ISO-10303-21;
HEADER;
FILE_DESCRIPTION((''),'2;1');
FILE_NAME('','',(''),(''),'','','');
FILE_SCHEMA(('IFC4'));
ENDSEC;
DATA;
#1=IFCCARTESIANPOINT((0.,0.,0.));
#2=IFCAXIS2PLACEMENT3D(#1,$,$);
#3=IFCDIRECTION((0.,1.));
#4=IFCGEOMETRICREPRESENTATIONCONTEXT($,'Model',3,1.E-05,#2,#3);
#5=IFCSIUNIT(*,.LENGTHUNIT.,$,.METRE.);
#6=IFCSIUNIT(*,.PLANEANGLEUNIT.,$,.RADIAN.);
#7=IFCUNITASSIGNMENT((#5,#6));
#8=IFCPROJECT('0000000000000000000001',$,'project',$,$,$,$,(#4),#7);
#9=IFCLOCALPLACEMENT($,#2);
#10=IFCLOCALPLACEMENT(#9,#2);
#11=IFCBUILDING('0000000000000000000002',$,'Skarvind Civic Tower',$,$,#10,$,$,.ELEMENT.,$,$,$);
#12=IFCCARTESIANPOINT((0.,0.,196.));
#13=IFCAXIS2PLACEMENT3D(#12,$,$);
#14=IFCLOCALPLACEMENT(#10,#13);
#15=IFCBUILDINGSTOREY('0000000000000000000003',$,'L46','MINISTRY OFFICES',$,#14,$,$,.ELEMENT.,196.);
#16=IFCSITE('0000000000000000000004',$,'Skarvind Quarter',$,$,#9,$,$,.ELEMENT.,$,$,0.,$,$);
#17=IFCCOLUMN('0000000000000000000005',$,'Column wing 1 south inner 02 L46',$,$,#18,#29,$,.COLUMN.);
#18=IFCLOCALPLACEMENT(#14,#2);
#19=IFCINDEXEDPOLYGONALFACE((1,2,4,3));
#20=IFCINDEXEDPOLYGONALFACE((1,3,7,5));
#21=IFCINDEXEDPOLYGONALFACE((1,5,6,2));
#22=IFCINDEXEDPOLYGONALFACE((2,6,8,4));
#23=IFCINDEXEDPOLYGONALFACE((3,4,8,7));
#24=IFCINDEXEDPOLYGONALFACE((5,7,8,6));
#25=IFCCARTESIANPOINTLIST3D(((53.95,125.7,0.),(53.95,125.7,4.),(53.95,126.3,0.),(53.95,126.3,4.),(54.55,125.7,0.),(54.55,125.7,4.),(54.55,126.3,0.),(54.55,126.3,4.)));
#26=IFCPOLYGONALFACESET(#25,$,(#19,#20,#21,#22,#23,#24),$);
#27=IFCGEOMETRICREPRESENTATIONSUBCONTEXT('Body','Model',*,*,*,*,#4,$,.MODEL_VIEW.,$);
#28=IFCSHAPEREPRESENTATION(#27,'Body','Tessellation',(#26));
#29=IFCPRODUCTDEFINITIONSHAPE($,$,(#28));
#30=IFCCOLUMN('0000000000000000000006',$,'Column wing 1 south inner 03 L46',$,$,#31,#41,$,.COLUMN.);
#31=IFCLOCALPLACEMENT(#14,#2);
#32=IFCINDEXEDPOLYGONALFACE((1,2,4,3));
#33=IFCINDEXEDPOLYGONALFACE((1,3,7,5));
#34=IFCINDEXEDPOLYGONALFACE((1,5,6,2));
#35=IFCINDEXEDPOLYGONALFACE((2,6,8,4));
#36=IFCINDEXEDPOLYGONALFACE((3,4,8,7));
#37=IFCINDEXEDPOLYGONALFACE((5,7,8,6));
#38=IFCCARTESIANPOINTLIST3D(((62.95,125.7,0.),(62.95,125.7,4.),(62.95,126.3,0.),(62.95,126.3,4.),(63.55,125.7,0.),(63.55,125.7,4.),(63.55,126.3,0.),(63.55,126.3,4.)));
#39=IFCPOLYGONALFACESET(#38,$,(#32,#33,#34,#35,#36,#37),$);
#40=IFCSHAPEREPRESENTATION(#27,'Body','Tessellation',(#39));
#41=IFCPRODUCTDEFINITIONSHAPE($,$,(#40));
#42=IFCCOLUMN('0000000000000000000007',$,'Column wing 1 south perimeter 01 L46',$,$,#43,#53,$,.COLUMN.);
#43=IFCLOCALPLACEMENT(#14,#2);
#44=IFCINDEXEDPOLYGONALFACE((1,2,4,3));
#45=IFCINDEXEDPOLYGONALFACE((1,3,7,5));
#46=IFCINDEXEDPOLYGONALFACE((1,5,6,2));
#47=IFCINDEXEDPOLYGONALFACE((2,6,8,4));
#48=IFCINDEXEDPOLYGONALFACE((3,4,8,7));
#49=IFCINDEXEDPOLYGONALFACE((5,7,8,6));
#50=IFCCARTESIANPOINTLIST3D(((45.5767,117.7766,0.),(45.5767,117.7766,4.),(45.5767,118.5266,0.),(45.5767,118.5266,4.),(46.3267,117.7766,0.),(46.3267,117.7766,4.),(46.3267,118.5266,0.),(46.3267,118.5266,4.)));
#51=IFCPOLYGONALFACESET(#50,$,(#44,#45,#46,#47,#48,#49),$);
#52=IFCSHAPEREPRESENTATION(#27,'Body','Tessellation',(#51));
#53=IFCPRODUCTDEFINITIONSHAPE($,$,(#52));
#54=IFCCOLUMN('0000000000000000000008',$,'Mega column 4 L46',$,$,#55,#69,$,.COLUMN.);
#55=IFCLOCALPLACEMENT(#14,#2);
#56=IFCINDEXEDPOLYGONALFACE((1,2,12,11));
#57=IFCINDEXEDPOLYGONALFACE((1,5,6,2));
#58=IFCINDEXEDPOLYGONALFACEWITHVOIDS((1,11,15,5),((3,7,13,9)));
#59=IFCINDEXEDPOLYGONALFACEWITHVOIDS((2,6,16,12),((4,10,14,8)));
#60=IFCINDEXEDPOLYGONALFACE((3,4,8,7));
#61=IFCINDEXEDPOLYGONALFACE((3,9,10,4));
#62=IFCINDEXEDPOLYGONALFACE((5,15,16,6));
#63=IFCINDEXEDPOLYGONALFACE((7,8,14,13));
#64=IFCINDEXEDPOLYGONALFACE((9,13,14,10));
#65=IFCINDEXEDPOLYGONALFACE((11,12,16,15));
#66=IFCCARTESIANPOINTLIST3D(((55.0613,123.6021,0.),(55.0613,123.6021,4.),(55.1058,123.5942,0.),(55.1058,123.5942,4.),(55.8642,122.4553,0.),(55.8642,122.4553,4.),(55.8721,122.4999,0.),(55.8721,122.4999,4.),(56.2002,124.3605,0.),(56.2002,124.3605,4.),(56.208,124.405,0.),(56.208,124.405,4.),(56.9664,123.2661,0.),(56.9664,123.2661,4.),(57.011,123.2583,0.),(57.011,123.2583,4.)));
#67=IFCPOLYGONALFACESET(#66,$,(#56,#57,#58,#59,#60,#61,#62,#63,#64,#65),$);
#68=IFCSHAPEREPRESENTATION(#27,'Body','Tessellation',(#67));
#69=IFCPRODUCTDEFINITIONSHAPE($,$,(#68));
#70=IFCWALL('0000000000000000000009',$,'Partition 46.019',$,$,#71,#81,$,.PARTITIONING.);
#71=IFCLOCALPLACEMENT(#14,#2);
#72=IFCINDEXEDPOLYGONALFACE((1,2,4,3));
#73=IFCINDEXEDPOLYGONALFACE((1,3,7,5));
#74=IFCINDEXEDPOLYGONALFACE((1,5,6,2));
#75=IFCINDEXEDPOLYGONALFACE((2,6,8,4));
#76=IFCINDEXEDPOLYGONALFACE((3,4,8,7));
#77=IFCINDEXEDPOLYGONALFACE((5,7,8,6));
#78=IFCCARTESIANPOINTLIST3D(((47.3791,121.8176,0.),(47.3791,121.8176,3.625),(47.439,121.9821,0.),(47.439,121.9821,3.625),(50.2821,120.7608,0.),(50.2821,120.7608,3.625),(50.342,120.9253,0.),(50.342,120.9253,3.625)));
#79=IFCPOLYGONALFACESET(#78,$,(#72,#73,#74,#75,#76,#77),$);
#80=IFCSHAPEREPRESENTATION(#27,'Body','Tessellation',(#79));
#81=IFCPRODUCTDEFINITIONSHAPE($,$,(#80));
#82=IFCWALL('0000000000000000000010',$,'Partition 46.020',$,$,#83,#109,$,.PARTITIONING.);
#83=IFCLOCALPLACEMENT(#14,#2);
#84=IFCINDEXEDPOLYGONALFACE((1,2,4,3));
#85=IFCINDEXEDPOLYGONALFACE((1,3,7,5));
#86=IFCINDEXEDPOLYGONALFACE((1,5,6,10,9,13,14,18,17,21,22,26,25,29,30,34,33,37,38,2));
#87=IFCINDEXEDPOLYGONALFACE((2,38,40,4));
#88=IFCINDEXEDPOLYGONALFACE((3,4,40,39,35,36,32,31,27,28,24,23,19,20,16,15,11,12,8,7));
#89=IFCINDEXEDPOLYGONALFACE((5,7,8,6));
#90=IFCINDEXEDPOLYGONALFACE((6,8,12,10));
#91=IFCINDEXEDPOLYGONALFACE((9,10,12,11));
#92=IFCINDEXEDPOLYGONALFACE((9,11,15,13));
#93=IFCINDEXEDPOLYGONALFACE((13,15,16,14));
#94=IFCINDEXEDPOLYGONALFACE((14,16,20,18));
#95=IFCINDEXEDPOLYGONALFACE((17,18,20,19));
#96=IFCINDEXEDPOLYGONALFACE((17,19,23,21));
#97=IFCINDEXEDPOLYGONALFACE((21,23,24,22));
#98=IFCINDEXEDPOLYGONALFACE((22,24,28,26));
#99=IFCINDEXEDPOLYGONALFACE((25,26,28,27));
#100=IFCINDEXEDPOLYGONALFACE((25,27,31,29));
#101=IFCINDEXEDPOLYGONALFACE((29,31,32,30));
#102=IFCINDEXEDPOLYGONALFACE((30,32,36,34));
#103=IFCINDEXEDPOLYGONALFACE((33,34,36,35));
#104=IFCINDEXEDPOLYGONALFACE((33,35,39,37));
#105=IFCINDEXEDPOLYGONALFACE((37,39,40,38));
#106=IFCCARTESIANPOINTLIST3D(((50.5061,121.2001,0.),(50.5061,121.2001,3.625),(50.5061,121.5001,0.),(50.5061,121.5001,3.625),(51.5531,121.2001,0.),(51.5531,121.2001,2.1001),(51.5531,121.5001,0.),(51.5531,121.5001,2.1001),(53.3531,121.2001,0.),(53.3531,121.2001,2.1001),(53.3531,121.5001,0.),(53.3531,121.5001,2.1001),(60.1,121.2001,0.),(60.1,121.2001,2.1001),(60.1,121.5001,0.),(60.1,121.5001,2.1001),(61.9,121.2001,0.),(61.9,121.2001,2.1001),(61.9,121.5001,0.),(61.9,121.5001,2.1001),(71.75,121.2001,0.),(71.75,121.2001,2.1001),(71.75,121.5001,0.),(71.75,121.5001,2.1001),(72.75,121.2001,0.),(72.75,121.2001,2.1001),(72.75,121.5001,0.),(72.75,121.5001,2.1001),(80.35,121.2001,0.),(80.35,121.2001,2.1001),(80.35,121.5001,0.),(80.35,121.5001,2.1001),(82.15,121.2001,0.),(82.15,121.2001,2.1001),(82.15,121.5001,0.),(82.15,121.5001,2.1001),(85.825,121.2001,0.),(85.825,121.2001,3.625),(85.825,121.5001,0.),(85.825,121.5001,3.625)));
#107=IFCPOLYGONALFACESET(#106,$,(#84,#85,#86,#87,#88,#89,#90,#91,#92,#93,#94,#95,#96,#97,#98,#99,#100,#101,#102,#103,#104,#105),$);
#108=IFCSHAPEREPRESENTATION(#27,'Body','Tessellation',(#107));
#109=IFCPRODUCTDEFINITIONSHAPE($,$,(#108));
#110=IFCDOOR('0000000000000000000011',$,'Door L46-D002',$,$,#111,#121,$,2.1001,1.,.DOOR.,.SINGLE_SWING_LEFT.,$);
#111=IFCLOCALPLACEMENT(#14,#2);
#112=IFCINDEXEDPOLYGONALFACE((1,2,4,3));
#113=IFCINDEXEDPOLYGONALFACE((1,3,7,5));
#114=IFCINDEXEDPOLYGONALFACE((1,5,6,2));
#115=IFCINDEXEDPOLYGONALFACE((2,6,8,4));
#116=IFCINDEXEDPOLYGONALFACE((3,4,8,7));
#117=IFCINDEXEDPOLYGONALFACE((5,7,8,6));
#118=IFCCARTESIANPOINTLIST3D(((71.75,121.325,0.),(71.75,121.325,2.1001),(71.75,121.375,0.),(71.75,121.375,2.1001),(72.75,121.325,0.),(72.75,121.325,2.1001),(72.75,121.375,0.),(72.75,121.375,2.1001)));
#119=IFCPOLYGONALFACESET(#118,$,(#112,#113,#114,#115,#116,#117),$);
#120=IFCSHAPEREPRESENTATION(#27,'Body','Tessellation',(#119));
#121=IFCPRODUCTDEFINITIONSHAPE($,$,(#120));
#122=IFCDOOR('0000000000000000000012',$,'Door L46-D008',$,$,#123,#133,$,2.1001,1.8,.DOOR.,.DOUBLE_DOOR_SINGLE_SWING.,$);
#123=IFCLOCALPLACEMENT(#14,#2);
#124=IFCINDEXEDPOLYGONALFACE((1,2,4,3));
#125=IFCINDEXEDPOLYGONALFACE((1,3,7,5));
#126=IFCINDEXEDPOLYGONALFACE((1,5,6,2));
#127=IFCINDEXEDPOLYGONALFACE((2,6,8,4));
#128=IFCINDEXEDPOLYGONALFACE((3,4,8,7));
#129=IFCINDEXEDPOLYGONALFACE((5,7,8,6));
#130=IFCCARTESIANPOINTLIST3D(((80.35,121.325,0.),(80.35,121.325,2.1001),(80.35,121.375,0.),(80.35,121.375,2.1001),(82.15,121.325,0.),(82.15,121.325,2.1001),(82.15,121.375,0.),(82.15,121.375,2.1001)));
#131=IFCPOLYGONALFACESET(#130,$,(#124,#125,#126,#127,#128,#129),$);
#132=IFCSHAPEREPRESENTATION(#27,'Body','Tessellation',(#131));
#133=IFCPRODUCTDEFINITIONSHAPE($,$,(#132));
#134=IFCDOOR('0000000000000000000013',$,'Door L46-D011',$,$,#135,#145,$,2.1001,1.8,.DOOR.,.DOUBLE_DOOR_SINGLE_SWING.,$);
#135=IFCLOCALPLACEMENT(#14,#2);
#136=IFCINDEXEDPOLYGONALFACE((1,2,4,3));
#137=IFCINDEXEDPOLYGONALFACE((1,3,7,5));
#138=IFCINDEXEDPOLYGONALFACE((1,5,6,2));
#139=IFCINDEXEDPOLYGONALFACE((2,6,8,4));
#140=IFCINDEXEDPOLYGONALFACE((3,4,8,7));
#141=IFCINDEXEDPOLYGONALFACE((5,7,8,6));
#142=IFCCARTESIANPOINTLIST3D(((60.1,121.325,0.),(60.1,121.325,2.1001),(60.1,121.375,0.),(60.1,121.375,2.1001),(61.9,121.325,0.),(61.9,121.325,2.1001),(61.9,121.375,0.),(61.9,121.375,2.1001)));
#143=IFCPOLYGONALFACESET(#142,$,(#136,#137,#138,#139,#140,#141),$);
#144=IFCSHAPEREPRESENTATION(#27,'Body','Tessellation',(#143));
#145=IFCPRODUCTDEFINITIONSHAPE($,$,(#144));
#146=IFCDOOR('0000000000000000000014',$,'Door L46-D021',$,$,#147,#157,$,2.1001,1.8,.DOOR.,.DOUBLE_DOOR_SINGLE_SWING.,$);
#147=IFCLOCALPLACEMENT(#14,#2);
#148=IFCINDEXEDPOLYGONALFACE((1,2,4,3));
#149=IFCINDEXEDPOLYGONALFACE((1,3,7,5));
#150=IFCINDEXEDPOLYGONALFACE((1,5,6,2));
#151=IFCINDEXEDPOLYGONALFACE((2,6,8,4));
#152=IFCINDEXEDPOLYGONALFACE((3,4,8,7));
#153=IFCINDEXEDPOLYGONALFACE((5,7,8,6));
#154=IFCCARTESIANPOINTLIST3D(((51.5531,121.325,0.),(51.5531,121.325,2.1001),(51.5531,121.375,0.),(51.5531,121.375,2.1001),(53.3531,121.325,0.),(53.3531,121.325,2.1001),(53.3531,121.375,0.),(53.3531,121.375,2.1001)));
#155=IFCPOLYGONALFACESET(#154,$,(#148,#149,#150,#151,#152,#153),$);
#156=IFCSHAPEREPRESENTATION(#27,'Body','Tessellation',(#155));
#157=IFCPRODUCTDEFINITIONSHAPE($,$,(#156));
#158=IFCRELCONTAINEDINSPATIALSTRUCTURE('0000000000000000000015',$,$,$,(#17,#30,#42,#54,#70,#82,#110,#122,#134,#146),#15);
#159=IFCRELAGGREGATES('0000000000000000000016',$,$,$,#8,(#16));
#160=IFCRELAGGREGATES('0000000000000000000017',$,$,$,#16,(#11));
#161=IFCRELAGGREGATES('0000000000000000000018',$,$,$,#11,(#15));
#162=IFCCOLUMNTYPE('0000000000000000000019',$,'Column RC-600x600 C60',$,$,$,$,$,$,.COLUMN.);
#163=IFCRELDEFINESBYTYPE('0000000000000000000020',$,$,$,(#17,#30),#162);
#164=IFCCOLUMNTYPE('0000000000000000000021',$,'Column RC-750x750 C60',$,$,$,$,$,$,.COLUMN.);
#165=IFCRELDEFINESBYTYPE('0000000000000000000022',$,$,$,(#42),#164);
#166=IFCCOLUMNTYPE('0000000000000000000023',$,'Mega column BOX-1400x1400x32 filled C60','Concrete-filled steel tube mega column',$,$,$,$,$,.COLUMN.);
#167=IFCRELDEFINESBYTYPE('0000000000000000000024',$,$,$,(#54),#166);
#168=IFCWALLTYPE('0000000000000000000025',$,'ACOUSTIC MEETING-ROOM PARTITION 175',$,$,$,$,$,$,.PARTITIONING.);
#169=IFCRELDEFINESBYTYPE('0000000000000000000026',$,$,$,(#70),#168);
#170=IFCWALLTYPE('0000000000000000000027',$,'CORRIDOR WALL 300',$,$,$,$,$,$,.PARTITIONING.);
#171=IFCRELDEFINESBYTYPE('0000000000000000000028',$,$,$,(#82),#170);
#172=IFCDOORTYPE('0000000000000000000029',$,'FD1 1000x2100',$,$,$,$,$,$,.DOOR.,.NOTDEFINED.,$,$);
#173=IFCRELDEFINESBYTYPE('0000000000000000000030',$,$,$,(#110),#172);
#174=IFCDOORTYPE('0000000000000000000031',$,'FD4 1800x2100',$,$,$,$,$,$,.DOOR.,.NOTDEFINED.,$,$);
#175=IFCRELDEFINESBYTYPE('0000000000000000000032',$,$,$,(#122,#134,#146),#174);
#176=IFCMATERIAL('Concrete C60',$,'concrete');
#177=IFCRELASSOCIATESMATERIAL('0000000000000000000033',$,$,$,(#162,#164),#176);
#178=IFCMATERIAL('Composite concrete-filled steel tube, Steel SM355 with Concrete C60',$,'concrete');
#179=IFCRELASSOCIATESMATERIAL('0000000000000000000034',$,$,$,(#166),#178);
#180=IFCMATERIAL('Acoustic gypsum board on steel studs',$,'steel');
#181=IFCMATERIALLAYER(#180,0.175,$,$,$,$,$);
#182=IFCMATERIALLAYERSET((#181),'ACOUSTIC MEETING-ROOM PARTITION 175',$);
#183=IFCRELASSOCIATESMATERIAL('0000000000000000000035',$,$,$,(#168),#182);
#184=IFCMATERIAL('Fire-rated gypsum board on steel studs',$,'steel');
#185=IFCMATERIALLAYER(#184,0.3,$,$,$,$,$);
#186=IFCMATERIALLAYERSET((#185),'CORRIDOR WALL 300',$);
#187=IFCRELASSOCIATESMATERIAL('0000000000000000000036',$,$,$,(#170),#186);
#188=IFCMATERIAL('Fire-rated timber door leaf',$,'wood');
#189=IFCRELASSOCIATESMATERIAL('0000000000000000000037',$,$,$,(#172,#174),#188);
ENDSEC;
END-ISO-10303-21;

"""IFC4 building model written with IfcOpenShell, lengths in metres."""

from ifc_helpers import new_model, si_unit, direction, frame, frame_2d, origin, origin_2d, place, context, subcontext, project, spatial, rectangle, hollow_rectangle, extrude, material, layer, layer_set, material_profile, profile_set, type_object, element, fill, save


model = new_model("IFC4")

# Units and contexts
model_context = context("Model", 3, precision=1e-05, world=origin(), true_north=direction((0.0, 1.0)))
body_context = subcontext(model_context, "Body", "Model", "MODEL_VIEW")
ifc_project = project(units=[si_unit("LENGTHUNIT", "METRE"), si_unit("PLANEANGLEUNIT", "RADIAN")], contexts=[model_context])

# Site, building, storey
site_placement = place(None, origin())
site = spatial("IfcSite", under=ifc_project, at=site_placement, Name="Skarvind Quarter", CompositionType="ELEMENT", RefElevation=0.0)
building_placement = place(site_placement, origin())
building = spatial("IfcBuilding", under=site, at=building_placement, Name="Skarvind Civic Tower", CompositionType="ELEMENT")
storey_placement = place(building_placement, frame((0.0, 0.0, 196.0)))
storey = spatial("IfcBuildingStorey", under=building, at=storey_placement, Name="L46", Description="MINISTRY OFFICES", CompositionType="ELEMENT", Elevation=196.0)

# Columns
ifc_material_1 = material(Name="Concrete C60", Category="concrete")
ifc_material_profile_1 = material_profile(ifc_material_1, rectangle(XDim=0.6001, YDim=0.6001, at=origin_2d()), Name="RC-600x600")
ifc_profile_set_1 = profile_set([ifc_material_profile_1], Name="Concrete C60")
column_type_1 = type_object("IfcColumnType", Name="Column RC-600x600 C60", PredefinedType="COLUMN", material=ifc_profile_set_1)
for number, where, z_axis, x_axis, name in (
    (1, (54.25, 126.0, 0.0), (0.0, 0.0, 1.0), (1.0, 0.0, 0.0), "Column wing 1 south inner 02 L46"),
    (2, (63.25, 126.0, 0.0), (0.0, 0.0, 1.0), (1.0, 0.0, 0.0), "Column wing 1 south inner 03 L46"),
):
    element("IfcColumn", number, at=place(storey_placement, frame(where, z_axis=z_axis, x_axis=x_axis)), inside=storey, type_object=column_type_1, Name=name, PredefinedType="COLUMN", context=body_context, shape_type="SweptSolid", body=[
        extrude(rectangle(XDim=0.6001, YDim=0.6001, at=origin_2d()), origin(), (0.0, 0.0, 1.0), 4.0),
    ])
ifc_material_profile_2 = material_profile(ifc_material_1, rectangle(XDim=0.75, YDim=0.75, at=origin_2d()), Name="RC-750x750")
ifc_profile_set_2 = profile_set([ifc_material_profile_2], Name="Concrete C60")
column_type_2 = type_object("IfcColumnType", Name="Column RC-750x750 C60", PredefinedType="COLUMN", material=ifc_profile_set_2)
column_1_placement = place(storey_placement, frame((45.9517, 118.1516, 0.0), z_axis=(0.0, 0.0, 1.0), x_axis=(1.0, 0.0, 0.0)))
element("IfcColumn", 3, at=column_1_placement, inside=storey, type_object=column_type_2, Name="Column wing 1 south perimeter 01 L46", PredefinedType="COLUMN", context=body_context, shape_type="SweptSolid", body=[
    extrude(rectangle(XDim=0.75, YDim=0.75, at=origin_2d()), origin(), (0.0, 0.0, 1.0), 4.0),
])
ifc_material_2 = material(Name="Composite concrete-filled steel tube, Steel SM355 with Concrete C60", Category="concrete")
ifc_material_profile_3 = material_profile(ifc_material_2, hollow_rectangle(XDim=1.3999, YDim=1.3999, WallThickness=0.032, at=origin_2d()), Name="BOX-1400x1400x32")
ifc_profile_set_3 = profile_set([ifc_material_profile_3], Name="Composite concrete-filled steel tube, Steel SM355 with Concrete C60")
column_type_3 = type_object("IfcColumnType", Name="Mega column BOX-1400x1400x32 filled C60", Description="Concrete-filled steel tube mega column", PredefinedType="COLUMN", material=ifc_profile_set_3)
column_2_placement = place(storey_placement, frame((56.0361, 123.4302, 0.0), z_axis=(0.0, 0.0, 1.0), x_axis=(0.573576, -0.819152, 0.0)))
element("IfcColumn", 4, at=column_2_placement, inside=storey, type_object=column_type_3, Name="Mega column 4 L46", PredefinedType="COLUMN", context=body_context, shape_type="SweptSolid", body=[
    extrude(hollow_rectangle(XDim=1.3999, YDim=1.3999, WallThickness=0.032, at=origin_2d()), origin(), (0.0, 0.0, 1.0), 4.0),
])

# Wall
ifc_material_3 = material(Name="Acoustic gypsum board on steel studs", Category="steel")
ifc_layer_1 = layer(ifc_material_3, 0.175)
ifc_layer_set_1 = layer_set([ifc_layer_1], Name="ACOUSTIC MEETING-ROOM PARTITION 175")
wall_type_1 = type_object("IfcWallType", Name="ACOUSTIC MEETING-ROOM PARTITION 175", PredefinedType="PARTITIONING", material=ifc_layer_set_1)
wall_1_placement = place(storey_placement, frame((50.312, 120.843, 0.0), z_axis=(0.0, 0.0, 1.0), x_axis=(-0.939666, 0.342092, 0.0)))
element("IfcWall", 5, at=wall_1_placement, inside=storey, type_object=wall_type_1, Name="Partition 46.019", PredefinedType="PARTITIONING", context=body_context, shape_type="SweptSolid", body=[
    extrude(rectangle(XDim=3.0894, YDim=0.175, at=frame_2d((1.5447, 0.0))), origin(), (0.0, 0.0, 1.0), 3.625),
])

# Wall, openings, doors
ifc_material_4 = material(Name="Fire-rated gypsum board on steel studs", Category="steel")
ifc_layer_2 = layer(ifc_material_4, 0.3)
ifc_layer_set_2 = layer_set([ifc_layer_2], Name="CORRIDOR WALL 300")
wall_type_2 = type_object("IfcWallType", Name="CORRIDOR WALL 300", PredefinedType="PARTITIONING", material=ifc_layer_set_2)
wall_2_placement = place(storey_placement, frame((50.5061, 121.3501, 0.0), z_axis=(0.0, 0.0, 1.0), x_axis=(1.0, 0.0, 0.0)))
wall_2 = element("IfcWall", 6, at=wall_2_placement, inside=storey, type_object=wall_type_2, Name="Partition 46.020", PredefinedType="PARTITIONING", context=body_context, shape_type="SweptSolid", body=[
    extrude(rectangle(XDim=35.3188, YDim=0.3, at=frame_2d((17.6594, 0.0))), origin(), (0.0, 0.0, 1.0), 3.625),
])
opening_1_placement = place(wall_2_placement, frame((21.2439, 0.0, 0.0)))
opening_1 = element("IfcOpeningElement", 7, at=opening_1_placement, cuts=wall_2, PredefinedType="OPENING", context=body_context, shape_type="SweptSolid", body=[
    extrude(rectangle(XDim=1.0, YDim=2.1001, at=frame_2d((0.5, 1.05))), frame((0.0, 0.1599, 0.0), z_axis=(0.0, -1.0, 0.0), x_axis=(1.0, 0.0, 0.0)), (0.0, 0.0, 1.0), 0.3201),
])
opening_2_placement = place(wall_2_placement, frame((29.844, 0.0, 0.0)))
opening_2 = element("IfcOpeningElement", 8, at=opening_2_placement, cuts=wall_2, PredefinedType="OPENING", context=body_context, shape_type="SweptSolid", body=[
    extrude(rectangle(XDim=1.8, YDim=2.1001, at=frame_2d((0.8999, 1.05))), frame((0.0, 0.1599, 0.0), z_axis=(0.0, -1.0, 0.0), x_axis=(1.0, 0.0, 0.0)), (0.0, 0.0, 1.0), 0.3201),
])
opening_3_placement = place(wall_2_placement, frame((9.594, 0.0, 0.0)))
opening_3 = element("IfcOpeningElement", 9, at=opening_3_placement, cuts=wall_2, PredefinedType="OPENING", context=body_context, shape_type="SweptSolid", body=[
    extrude(rectangle(XDim=1.8, YDim=2.1001, at=frame_2d((0.8999, 1.05))), frame((0.0, 0.1599, 0.0), z_axis=(0.0, -1.0, 0.0), x_axis=(1.0, 0.0, 0.0)), (0.0, 0.0, 1.0), 0.3201),
])
opening_4_placement = place(wall_2_placement, frame((1.0471, 0.0, 0.0)))
opening_4 = element("IfcOpeningElement", 10, at=opening_4_placement, cuts=wall_2, PredefinedType="OPENING", context=body_context, shape_type="SweptSolid", body=[
    extrude(rectangle(XDim=1.8, YDim=2.1001, at=frame_2d((0.8999, 1.05))), frame((0.0, 0.1599, 0.0), z_axis=(0.0, -1.0, 0.0), x_axis=(1.0, 0.0, 0.0)), (0.0, 0.0, 1.0), 0.3201),
])
ifc_material_5 = material(Name="Fire-rated timber door leaf", Category="wood")
door_type_1 = type_object("IfcDoorType", Name="FD1 1000x2100", OperationType="NOTDEFINED", PredefinedType="DOOR", material=ifc_material_5)
door_1_placement = place(opening_1_placement, origin())
door_1 = element("IfcDoor", 11, at=door_1_placement, inside=storey, type_object=door_type_1, Name="Door L46-D002", OperationType="SINGLE_SWING_LEFT", OverallHeight=2.1001, OverallWidth=1.0, PredefinedType="DOOR", context=body_context, shape_type="SweptSolid", body=[
    extrude(rectangle(XDim=1.0, YDim=2.1001, at=frame_2d((0.5, 1.05))), frame((0.0, 0.0249, 0.0), z_axis=(0.0, -1.0, 0.0), x_axis=(1.0, 0.0, 0.0)), (0.0, 0.0, 1.0), 0.05),
])
fill(opening_1, door_1)
door_type_2 = type_object("IfcDoorType", Name="FD4 1800x2100", OperationType="NOTDEFINED", PredefinedType="DOOR", material=ifc_material_5)
door_2_placement = place(opening_2_placement, origin())
door_2 = element("IfcDoor", 12, at=door_2_placement, inside=storey, type_object=door_type_2, Name="Door L46-D008", OperationType="DOUBLE_DOOR_SINGLE_SWING", OverallHeight=2.1001, OverallWidth=1.8, PredefinedType="DOOR", context=body_context, shape_type="SweptSolid", body=[
    extrude(rectangle(XDim=1.8, YDim=2.1001, at=frame_2d((0.8999, 1.05))), frame((0.0, 0.0249, 0.0), z_axis=(0.0, -1.0, 0.0), x_axis=(1.0, 0.0, 0.0)), (0.0, 0.0, 1.0), 0.05),
])
fill(opening_2, door_2)
door_3_placement = place(opening_3_placement, origin())
door_3 = element("IfcDoor", 13, at=door_3_placement, inside=storey, type_object=door_type_2, Name="Door L46-D011", OperationType="DOUBLE_DOOR_SINGLE_SWING", OverallHeight=2.1001, OverallWidth=1.8, PredefinedType="DOOR", context=body_context, shape_type="SweptSolid", body=[
    extrude(rectangle(XDim=1.8, YDim=2.1001, at=frame_2d((0.8999, 1.05))), frame((0.0, 0.0249, 0.0), z_axis=(0.0, -1.0, 0.0), x_axis=(1.0, 0.0, 0.0)), (0.0, 0.0, 1.0), 0.05),
])
fill(opening_3, door_3)
door_4_placement = place(opening_4_placement, origin())
door_4 = element("IfcDoor", 14, at=door_4_placement, inside=storey, type_object=door_type_2, Name="Door L46-D021", OperationType="DOUBLE_DOOR_SINGLE_SWING", OverallHeight=2.1001, OverallWidth=1.8, PredefinedType="DOOR", context=body_context, shape_type="SweptSolid", body=[
    extrude(rectangle(XDim=1.8, YDim=2.1001, at=frame_2d((0.8999, 1.05))), frame((0.0, 0.0249, 0.0), z_axis=(0.0, -1.0, 0.0), x_axis=(1.0, 0.0, 0.0)), (0.0, 0.0, 1.0), 0.05),
])
fill(opening_4, door_4)

save(model, "model.ifc")
